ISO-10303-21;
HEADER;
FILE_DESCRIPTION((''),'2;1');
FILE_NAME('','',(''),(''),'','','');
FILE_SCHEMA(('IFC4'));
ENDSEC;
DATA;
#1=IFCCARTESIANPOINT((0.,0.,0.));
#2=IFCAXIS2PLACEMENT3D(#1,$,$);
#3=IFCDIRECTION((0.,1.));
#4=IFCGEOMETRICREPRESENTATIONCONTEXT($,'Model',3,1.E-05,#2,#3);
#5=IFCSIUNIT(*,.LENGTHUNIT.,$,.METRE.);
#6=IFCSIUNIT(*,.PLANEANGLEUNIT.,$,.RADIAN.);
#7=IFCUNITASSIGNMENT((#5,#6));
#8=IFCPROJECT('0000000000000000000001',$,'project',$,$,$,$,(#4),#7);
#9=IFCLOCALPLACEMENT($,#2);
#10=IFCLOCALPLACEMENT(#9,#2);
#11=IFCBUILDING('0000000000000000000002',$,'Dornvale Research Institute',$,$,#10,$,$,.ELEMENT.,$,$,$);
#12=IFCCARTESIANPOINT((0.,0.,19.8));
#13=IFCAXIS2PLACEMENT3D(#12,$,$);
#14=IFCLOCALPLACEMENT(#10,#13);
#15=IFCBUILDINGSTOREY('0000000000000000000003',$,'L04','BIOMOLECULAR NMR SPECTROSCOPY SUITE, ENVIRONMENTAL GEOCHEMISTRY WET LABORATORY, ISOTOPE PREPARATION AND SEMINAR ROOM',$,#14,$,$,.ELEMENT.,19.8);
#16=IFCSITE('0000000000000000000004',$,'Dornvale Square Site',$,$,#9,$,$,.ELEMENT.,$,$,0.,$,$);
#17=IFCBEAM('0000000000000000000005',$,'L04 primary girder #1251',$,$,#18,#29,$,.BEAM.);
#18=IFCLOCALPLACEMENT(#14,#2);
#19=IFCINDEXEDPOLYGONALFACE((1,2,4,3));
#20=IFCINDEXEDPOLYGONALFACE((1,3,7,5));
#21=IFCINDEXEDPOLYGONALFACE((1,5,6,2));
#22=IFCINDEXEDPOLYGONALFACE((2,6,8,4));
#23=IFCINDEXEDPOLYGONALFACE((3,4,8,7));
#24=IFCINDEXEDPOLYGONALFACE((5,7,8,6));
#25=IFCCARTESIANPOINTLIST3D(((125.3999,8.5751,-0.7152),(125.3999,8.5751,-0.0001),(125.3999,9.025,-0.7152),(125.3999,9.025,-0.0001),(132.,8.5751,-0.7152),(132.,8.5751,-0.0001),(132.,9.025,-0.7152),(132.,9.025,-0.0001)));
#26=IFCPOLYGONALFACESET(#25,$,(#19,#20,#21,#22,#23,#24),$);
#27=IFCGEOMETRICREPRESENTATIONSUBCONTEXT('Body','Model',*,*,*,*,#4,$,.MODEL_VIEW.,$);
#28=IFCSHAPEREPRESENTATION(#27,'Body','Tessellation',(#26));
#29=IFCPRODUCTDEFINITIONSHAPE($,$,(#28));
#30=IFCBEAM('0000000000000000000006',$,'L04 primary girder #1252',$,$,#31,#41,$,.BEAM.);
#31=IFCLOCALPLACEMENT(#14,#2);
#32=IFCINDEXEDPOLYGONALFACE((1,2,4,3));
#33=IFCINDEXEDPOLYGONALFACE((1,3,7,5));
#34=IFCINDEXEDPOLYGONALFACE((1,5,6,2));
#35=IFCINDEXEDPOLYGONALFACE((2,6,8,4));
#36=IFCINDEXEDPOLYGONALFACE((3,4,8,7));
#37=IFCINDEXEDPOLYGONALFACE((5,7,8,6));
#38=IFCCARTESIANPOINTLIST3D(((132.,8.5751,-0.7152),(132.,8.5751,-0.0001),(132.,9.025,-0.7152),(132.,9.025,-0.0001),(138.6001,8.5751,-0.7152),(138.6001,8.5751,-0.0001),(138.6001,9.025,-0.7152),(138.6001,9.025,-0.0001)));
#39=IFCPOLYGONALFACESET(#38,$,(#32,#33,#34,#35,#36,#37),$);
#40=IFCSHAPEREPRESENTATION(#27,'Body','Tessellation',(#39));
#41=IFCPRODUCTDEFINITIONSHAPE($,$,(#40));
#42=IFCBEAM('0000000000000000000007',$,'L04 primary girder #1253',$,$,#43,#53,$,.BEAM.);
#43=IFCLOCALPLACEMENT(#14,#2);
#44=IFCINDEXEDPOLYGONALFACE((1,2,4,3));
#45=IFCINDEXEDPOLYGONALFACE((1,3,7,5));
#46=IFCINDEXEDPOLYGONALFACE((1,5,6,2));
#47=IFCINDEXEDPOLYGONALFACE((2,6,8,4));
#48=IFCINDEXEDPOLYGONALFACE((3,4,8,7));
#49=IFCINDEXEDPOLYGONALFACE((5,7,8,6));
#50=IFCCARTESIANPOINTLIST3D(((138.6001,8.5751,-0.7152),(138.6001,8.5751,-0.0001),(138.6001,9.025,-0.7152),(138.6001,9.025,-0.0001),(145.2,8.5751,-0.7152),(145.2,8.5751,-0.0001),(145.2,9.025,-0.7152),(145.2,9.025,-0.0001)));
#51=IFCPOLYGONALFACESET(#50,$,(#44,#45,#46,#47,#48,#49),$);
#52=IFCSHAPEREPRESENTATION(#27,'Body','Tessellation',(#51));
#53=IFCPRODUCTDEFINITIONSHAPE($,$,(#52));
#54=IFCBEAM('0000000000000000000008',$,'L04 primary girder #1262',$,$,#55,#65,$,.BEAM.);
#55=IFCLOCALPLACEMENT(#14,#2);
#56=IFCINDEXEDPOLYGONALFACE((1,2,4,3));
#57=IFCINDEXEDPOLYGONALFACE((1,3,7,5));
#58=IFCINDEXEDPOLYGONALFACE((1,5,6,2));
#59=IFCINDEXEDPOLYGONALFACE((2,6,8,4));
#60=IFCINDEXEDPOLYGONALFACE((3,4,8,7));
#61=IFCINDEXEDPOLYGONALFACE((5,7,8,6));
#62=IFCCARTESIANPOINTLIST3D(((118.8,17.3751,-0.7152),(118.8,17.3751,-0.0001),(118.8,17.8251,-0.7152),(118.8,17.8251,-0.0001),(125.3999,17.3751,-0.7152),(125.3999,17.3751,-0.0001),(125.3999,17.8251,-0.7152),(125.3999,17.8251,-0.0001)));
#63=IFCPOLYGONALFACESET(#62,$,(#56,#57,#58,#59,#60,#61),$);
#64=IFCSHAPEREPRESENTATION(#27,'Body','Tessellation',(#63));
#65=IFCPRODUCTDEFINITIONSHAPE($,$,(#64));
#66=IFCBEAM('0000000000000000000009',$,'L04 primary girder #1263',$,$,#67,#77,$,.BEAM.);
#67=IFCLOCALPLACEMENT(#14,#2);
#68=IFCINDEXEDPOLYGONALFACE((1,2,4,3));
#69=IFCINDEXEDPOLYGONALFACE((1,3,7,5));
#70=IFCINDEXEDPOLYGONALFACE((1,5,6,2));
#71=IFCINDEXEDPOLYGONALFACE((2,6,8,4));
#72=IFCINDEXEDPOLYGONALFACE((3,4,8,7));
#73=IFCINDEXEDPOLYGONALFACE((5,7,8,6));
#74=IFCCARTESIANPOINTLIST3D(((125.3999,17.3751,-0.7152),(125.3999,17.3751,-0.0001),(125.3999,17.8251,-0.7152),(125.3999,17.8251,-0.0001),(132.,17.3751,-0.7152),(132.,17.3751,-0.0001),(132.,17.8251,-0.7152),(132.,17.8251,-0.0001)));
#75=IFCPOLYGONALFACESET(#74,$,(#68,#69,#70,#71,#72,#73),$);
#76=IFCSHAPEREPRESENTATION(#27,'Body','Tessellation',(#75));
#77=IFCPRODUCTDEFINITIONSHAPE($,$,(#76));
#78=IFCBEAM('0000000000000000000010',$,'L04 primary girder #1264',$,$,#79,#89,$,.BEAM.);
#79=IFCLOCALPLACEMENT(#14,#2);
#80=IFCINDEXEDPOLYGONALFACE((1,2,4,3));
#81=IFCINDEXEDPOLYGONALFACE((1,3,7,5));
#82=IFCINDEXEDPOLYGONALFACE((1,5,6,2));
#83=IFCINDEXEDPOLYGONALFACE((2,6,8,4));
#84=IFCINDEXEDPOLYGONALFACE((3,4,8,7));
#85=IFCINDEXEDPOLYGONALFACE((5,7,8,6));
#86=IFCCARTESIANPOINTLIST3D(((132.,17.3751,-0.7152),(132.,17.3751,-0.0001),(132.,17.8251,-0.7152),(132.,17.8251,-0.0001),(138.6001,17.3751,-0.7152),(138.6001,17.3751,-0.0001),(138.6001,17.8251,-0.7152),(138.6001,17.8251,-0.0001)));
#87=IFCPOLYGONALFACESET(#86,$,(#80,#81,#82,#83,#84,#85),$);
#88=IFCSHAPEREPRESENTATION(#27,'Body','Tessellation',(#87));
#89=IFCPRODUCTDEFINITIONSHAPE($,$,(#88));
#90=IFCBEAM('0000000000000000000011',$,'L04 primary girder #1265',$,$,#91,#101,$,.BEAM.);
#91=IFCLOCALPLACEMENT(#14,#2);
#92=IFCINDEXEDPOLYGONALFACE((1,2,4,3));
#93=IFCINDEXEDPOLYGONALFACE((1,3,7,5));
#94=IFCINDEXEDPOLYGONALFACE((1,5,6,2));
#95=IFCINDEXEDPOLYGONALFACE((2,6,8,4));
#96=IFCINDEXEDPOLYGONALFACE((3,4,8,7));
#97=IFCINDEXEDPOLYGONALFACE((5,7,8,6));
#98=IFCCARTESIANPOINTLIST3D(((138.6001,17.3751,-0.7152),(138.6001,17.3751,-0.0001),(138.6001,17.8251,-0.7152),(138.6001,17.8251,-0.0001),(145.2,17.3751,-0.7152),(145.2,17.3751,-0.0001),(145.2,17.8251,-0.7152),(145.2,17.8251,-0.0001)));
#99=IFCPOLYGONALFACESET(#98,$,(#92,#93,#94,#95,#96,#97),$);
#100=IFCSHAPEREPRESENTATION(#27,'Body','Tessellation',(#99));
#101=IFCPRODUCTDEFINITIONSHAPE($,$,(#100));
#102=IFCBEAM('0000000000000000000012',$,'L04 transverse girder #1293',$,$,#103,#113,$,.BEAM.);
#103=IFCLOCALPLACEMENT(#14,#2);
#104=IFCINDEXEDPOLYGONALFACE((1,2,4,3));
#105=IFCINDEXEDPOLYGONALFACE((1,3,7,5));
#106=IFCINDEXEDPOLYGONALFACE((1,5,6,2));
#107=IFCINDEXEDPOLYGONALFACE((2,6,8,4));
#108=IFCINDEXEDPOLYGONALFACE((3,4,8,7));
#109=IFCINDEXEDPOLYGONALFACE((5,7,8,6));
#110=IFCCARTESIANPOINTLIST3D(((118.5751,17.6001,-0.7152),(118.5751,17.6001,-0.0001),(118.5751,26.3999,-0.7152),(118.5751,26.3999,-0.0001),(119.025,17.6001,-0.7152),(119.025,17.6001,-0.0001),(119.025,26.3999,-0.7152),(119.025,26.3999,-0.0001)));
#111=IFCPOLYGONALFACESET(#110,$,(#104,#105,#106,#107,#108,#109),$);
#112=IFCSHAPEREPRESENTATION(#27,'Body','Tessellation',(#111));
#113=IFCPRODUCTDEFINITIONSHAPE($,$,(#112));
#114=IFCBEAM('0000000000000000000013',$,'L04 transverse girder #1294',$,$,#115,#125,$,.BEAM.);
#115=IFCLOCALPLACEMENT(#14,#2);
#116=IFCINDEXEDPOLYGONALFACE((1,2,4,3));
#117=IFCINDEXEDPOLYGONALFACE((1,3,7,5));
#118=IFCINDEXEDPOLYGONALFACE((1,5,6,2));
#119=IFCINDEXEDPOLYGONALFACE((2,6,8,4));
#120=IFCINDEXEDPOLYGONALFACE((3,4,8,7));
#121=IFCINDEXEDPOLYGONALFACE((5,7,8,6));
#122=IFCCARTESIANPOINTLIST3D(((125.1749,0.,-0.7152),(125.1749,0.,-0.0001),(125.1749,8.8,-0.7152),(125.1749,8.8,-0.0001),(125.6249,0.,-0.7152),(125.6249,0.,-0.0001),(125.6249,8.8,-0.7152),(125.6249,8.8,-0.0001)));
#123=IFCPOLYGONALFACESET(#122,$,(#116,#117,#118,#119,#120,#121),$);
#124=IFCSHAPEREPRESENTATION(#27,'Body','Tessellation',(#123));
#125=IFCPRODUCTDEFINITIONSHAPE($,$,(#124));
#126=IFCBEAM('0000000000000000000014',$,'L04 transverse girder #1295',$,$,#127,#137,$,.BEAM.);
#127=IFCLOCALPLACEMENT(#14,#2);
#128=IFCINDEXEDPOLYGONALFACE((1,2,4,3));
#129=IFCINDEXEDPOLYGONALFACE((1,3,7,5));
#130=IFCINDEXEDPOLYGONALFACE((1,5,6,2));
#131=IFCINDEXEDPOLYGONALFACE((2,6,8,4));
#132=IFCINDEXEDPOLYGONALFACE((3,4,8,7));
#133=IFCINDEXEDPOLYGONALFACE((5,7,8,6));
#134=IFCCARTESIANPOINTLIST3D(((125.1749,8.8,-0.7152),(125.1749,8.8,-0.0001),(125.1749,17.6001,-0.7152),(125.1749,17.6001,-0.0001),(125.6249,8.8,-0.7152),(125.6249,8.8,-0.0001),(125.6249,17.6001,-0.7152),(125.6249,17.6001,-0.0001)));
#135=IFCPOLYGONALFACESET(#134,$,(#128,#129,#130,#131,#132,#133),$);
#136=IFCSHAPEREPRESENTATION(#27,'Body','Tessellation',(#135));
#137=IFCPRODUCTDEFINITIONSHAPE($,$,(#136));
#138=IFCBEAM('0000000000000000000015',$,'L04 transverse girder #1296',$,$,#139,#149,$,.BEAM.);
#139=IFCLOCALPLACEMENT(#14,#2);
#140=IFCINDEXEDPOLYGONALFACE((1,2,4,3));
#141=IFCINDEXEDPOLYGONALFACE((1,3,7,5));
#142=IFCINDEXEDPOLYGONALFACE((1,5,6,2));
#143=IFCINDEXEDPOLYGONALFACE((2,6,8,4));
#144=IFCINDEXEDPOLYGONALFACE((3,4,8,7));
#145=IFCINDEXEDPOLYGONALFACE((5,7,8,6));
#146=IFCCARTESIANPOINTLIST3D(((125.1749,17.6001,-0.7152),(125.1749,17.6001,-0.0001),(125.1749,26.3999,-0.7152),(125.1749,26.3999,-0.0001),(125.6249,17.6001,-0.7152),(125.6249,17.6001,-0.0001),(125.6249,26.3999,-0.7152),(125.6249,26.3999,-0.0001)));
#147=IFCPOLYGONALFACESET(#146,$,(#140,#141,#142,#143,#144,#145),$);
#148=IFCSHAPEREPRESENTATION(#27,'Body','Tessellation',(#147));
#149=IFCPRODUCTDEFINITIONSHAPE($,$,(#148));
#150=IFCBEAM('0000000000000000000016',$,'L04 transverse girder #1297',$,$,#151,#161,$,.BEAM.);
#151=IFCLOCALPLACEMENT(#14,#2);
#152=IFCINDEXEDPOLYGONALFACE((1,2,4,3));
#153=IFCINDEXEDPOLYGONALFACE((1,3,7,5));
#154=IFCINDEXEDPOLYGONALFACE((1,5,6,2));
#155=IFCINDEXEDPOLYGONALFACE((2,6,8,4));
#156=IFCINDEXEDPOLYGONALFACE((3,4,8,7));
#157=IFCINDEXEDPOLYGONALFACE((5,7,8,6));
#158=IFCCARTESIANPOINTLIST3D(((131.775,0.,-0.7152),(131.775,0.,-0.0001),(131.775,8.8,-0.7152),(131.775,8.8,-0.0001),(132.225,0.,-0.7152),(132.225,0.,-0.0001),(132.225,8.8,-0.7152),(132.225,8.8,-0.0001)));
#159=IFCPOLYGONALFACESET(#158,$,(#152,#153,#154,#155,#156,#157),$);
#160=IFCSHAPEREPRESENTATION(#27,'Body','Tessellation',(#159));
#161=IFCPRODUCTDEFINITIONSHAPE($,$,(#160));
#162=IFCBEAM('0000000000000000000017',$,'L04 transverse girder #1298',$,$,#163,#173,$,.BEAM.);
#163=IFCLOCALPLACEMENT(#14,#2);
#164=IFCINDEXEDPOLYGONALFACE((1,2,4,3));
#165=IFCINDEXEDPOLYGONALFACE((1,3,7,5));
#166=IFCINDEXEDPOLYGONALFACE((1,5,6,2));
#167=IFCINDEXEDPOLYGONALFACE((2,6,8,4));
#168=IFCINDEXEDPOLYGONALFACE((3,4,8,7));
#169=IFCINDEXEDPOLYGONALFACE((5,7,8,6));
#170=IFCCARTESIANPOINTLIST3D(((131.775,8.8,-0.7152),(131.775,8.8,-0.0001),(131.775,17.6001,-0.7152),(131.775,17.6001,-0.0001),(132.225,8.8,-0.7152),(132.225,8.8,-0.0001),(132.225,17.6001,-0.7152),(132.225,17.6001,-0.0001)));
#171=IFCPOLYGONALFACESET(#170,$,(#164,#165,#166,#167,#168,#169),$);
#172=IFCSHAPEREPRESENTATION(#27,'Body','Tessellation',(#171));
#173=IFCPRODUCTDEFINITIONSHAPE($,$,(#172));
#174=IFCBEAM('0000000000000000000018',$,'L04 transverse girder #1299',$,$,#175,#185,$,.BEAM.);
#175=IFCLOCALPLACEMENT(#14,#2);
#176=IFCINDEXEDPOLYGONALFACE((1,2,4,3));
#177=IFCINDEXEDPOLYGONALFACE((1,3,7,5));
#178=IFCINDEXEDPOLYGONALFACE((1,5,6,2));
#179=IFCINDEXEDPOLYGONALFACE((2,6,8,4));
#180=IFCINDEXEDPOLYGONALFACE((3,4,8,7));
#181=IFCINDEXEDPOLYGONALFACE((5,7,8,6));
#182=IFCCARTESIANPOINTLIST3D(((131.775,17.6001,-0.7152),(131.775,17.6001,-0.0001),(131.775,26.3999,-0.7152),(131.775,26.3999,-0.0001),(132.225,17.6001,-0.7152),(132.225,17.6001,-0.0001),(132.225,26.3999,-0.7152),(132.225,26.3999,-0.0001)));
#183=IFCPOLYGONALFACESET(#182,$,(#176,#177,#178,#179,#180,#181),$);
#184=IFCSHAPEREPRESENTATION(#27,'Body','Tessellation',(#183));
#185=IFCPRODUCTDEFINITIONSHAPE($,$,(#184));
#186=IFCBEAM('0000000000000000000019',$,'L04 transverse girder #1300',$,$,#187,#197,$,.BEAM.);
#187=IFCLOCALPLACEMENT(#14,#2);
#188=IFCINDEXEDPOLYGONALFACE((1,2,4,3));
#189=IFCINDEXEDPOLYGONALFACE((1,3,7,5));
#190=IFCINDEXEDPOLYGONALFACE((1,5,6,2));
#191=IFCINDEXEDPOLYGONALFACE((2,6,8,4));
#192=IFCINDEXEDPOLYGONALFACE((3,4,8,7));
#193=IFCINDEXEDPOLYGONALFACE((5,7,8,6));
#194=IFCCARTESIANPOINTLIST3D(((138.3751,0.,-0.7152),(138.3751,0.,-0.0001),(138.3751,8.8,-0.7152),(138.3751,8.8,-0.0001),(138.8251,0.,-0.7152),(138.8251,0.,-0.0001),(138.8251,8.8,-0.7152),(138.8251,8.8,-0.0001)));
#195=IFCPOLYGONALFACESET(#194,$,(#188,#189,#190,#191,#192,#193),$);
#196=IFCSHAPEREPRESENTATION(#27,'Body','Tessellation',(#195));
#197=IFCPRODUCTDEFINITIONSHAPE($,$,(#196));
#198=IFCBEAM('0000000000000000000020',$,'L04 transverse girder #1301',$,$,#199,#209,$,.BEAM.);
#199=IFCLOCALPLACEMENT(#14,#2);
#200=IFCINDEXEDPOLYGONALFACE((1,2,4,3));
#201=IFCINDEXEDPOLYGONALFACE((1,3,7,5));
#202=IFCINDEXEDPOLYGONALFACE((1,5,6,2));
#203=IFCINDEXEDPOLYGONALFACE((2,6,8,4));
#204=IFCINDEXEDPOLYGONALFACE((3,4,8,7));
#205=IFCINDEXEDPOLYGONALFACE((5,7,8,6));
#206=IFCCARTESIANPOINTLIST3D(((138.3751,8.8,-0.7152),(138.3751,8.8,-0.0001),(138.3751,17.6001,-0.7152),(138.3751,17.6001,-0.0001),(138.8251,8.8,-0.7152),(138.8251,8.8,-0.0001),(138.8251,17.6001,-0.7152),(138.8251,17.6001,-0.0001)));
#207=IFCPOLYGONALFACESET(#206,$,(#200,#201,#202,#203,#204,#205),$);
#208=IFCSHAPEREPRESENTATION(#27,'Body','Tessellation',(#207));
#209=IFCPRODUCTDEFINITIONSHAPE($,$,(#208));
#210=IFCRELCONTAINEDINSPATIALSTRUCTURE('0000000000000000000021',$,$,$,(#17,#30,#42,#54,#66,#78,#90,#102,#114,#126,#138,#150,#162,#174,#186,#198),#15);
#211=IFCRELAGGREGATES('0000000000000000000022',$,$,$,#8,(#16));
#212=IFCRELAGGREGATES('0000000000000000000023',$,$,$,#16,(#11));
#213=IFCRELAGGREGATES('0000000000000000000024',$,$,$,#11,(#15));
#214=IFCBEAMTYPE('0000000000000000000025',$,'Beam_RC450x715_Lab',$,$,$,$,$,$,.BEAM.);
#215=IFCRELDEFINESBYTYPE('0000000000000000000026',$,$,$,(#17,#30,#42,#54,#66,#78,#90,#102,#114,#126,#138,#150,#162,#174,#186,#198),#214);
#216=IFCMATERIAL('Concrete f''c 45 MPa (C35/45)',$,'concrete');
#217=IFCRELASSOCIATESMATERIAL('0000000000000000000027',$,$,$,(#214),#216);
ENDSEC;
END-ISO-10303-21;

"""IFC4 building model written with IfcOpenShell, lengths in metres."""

from ifc_helpers import new_model, si_unit, direction, frame, origin, origin_2d, place, context, subcontext, project, spatial, rectangle, extrude, material, material_profile, profile_set, type_object, element, save


model = new_model("IFC4")

# Units and contexts
model_context = context("Model", 3, precision=1e-05, world=origin(), true_north=direction((0.0, 1.0)))
body_context = subcontext(model_context, "Body", "Model", "MODEL_VIEW")
ifc_project = project(units=[si_unit("LENGTHUNIT", "METRE"), si_unit("PLANEANGLEUNIT", "RADIAN")], contexts=[model_context])

# Site, building, storey
site_placement = place(None, origin())
site = spatial("IfcSite", under=ifc_project, at=site_placement, Name="Dornvale Square Site", CompositionType="ELEMENT", RefElevation=0.0)
building_placement = place(site_placement, origin())
building = spatial("IfcBuilding", under=site, at=building_placement, Name="Dornvale Research Institute", CompositionType="ELEMENT")
storey_placement = place(building_placement, frame((0.0, 0.0, 19.8)))
storey = spatial("IfcBuildingStorey", under=building, at=storey_placement, Name="L04", Description="BIOMOLECULAR NMR SPECTROSCOPY SUITE, ENVIRONMENTAL GEOCHEMISTRY WET LABORATORY, ISOTOPE PREPARATION AND SEMINAR ROOM", CompositionType="ELEMENT", Elevation=19.8)

# Beams
ifc_material_1 = material(Name="Concrete f'c 45 MPa (C35/45)", Category="concrete")
ifc_material_profile_1 = material_profile(ifc_material_1, rectangle(XDim=0.45, YDim=0.7151, at=origin_2d()), Name="RC 450x715")
ifc_profile_set_1 = profile_set([ifc_material_profile_1], Name="Concrete f'c 45 MPa (C35/45)")
beam_type_1 = type_object("IfcBeamType", Name="Beam_RC450x715_Lab", PredefinedType="BEAM", material=ifc_profile_set_1)
for number, where, z_axis, x_axis, name in (
    (1, (125.3999, 8.8, -0.3577), (1.0, 0.0, 0.0), (0.0, 1.0, 0.0), "L04 primary girder #1251"),
    (2, (132.0, 8.8, -0.3577), (1.0, 0.0, 0.0), (0.0, 1.0, 0.0), "L04 primary girder #1252"),
):
    element("IfcBeam", number, at=place(storey_placement, frame(where, z_axis=z_axis, x_axis=x_axis)), inside=storey, type_object=beam_type_1, Name=name, PredefinedType="BEAM", context=body_context, shape_type="SweptSolid", body=[
        extrude(rectangle(XDim=0.45, YDim=0.7151, at=origin_2d()), origin(), (0.0, 0.0, 1.0), 6.6001),
    ])
for number, where, z_axis, x_axis, name in (
    (3, (138.6001, 8.8, -0.3577), (1.0, 0.0, 0.0), (0.0, 1.0, 0.0), "L04 primary girder #1253"),
    (4, (118.8, 17.6001, -0.3577), (1.0, 0.0, 0.0), (0.0, 1.0, 0.0), "L04 primary girder #1262"),
):
    element("IfcBeam", number, at=place(storey_placement, frame(where, z_axis=z_axis, x_axis=x_axis)), inside=storey, type_object=beam_type_1, Name=name, PredefinedType="BEAM", context=body_context, shape_type="SweptSolid", body=[
        extrude(rectangle(XDim=0.45, YDim=0.7151, at=origin_2d()), origin(), (0.0, 0.0, 1.0), 6.5999),
    ])
for number, where, z_axis, x_axis, name in (
    (5, (125.3999, 17.6001, -0.3577), (1.0, 0.0, 0.0), (0.0, 1.0, 0.0), "L04 primary girder #1263"),
    (6, (132.0, 17.6001, -0.3577), (1.0, 0.0, 0.0), (0.0, 1.0, 0.0), "L04 primary girder #1264"),
):
    element("IfcBeam", number, at=place(storey_placement, frame(where, z_axis=z_axis, x_axis=x_axis)), inside=storey, type_object=beam_type_1, Name=name, PredefinedType="BEAM", context=body_context, shape_type="SweptSolid", body=[
        extrude(rectangle(XDim=0.45, YDim=0.7151, at=origin_2d()), origin(), (0.0, 0.0, 1.0), 6.6001),
    ])
beam_1_placement = place(storey_placement, frame((138.6001, 17.6001, -0.3577), z_axis=(1.0, 0.0, 0.0), x_axis=(0.0, 1.0, 0.0)))
element("IfcBeam", 7, at=beam_1_placement, inside=storey, type_object=beam_type_1, Name="L04 primary girder #1265", PredefinedType="BEAM", context=body_context, shape_type="SweptSolid", body=[
    extrude(rectangle(XDim=0.45, YDim=0.7151, at=origin_2d()), origin(), (0.0, 0.0, 1.0), 6.5999),
])
beam_2_placement = place(storey_placement, frame((118.8, 17.6001, -0.3577), z_axis=(0.0, 1.0, 0.0), x_axis=(-1.0, 0.0, 0.0)))
element("IfcBeam", 8, at=beam_2_placement, inside=storey, type_object=beam_type_1, Name="L04 transverse girder #1293", PredefinedType="BEAM", context=body_context, shape_type="SweptSolid", body=[
    extrude(rectangle(XDim=0.45, YDim=0.7151, at=origin_2d()), origin(), (0.0, 0.0, 1.0), 8.7998),
])
for number, where, z_axis, x_axis, name in (
    (9, (125.3999, 0.0, -0.3577), (0.0, 1.0, 0.0), (-1.0, 0.0, 0.0), "L04 transverse girder #1294"),
    (10, (125.3999, 8.8, -0.3577), (0.0, 1.0, 0.0), (-1.0, 0.0, 0.0), "L04 transverse girder #1295"),
):
    element("IfcBeam", number, at=place(storey_placement, frame(where, z_axis=z_axis, x_axis=x_axis)), inside=storey, type_object=beam_type_1, Name=name, PredefinedType="BEAM", context=body_context, shape_type="SweptSolid", body=[
        extrude(rectangle(XDim=0.45, YDim=0.7151, at=origin_2d()), origin(), (0.0, 0.0, 1.0), 8.8),
    ])
beam_3_placement = place(storey_placement, frame((125.3999, 17.6001, -0.3577), z_axis=(0.0, 1.0, 0.0), x_axis=(-1.0, 0.0, 0.0)))
element("IfcBeam", 11, at=beam_3_placement, inside=storey, type_object=beam_type_1, Name="L04 transverse girder #1296", PredefinedType="BEAM", context=body_context, shape_type="SweptSolid", body=[
    extrude(rectangle(XDim=0.45, YDim=0.7151, at=origin_2d()), origin(), (0.0, 0.0, 1.0), 8.7998),
])
for number, where, z_axis, x_axis, name in (
    (12, (132.0, 0.0, -0.3577), (0.0, 1.0, 0.0), (-1.0, 0.0, 0.0), "L04 transverse girder #1297"),
    (13, (132.0, 8.8, -0.3577), (0.0, 1.0, 0.0), (-1.0, 0.0, 0.0), "L04 transverse girder #1298"),
):
    element("IfcBeam", number, at=place(storey_placement, frame(where, z_axis=z_axis, x_axis=x_axis)), inside=storey, type_object=beam_type_1, Name=name, PredefinedType="BEAM", context=body_context, shape_type="SweptSolid", body=[
        extrude(rectangle(XDim=0.45, YDim=0.7151, at=origin_2d()), origin(), (0.0, 0.0, 1.0), 8.8),
    ])
beam_4_placement = place(storey_placement, frame((132.0, 17.6001, -0.3577), z_axis=(0.0, 1.0, 0.0), x_axis=(-1.0, 0.0, 0.0)))
element("IfcBeam", 14, at=beam_4_placement, inside=storey, type_object=beam_type_1, Name="L04 transverse girder #1299", PredefinedType="BEAM", context=body_context, shape_type="SweptSolid", body=[
    extrude(rectangle(XDim=0.45, YDim=0.7151, at=origin_2d()), origin(), (0.0, 0.0, 1.0), 8.7998),
])
for number, where, z_axis, x_axis, name in (
    (15, (138.6001, 0.0, -0.3577), (0.0, 1.0, 0.0), (-1.0, 0.0, 0.0), "L04 transverse girder #1300"),
    (16, (138.6001, 8.8, -0.3577), (0.0, 1.0, 0.0), (-1.0, 0.0, 0.0), "L04 transverse girder #1301"),
):
    element("IfcBeam", number, at=place(storey_placement, frame(where, z_axis=z_axis, x_axis=x_axis)), inside=storey, type_object=beam_type_1, Name=name, PredefinedType="BEAM", context=body_context, shape_type="SweptSolid", body=[
        extrude(rectangle(XDim=0.45, YDim=0.7151, at=origin_2d()), origin(), (0.0, 0.0, 1.0), 8.8),
    ])

save(model, "model.ifc")
